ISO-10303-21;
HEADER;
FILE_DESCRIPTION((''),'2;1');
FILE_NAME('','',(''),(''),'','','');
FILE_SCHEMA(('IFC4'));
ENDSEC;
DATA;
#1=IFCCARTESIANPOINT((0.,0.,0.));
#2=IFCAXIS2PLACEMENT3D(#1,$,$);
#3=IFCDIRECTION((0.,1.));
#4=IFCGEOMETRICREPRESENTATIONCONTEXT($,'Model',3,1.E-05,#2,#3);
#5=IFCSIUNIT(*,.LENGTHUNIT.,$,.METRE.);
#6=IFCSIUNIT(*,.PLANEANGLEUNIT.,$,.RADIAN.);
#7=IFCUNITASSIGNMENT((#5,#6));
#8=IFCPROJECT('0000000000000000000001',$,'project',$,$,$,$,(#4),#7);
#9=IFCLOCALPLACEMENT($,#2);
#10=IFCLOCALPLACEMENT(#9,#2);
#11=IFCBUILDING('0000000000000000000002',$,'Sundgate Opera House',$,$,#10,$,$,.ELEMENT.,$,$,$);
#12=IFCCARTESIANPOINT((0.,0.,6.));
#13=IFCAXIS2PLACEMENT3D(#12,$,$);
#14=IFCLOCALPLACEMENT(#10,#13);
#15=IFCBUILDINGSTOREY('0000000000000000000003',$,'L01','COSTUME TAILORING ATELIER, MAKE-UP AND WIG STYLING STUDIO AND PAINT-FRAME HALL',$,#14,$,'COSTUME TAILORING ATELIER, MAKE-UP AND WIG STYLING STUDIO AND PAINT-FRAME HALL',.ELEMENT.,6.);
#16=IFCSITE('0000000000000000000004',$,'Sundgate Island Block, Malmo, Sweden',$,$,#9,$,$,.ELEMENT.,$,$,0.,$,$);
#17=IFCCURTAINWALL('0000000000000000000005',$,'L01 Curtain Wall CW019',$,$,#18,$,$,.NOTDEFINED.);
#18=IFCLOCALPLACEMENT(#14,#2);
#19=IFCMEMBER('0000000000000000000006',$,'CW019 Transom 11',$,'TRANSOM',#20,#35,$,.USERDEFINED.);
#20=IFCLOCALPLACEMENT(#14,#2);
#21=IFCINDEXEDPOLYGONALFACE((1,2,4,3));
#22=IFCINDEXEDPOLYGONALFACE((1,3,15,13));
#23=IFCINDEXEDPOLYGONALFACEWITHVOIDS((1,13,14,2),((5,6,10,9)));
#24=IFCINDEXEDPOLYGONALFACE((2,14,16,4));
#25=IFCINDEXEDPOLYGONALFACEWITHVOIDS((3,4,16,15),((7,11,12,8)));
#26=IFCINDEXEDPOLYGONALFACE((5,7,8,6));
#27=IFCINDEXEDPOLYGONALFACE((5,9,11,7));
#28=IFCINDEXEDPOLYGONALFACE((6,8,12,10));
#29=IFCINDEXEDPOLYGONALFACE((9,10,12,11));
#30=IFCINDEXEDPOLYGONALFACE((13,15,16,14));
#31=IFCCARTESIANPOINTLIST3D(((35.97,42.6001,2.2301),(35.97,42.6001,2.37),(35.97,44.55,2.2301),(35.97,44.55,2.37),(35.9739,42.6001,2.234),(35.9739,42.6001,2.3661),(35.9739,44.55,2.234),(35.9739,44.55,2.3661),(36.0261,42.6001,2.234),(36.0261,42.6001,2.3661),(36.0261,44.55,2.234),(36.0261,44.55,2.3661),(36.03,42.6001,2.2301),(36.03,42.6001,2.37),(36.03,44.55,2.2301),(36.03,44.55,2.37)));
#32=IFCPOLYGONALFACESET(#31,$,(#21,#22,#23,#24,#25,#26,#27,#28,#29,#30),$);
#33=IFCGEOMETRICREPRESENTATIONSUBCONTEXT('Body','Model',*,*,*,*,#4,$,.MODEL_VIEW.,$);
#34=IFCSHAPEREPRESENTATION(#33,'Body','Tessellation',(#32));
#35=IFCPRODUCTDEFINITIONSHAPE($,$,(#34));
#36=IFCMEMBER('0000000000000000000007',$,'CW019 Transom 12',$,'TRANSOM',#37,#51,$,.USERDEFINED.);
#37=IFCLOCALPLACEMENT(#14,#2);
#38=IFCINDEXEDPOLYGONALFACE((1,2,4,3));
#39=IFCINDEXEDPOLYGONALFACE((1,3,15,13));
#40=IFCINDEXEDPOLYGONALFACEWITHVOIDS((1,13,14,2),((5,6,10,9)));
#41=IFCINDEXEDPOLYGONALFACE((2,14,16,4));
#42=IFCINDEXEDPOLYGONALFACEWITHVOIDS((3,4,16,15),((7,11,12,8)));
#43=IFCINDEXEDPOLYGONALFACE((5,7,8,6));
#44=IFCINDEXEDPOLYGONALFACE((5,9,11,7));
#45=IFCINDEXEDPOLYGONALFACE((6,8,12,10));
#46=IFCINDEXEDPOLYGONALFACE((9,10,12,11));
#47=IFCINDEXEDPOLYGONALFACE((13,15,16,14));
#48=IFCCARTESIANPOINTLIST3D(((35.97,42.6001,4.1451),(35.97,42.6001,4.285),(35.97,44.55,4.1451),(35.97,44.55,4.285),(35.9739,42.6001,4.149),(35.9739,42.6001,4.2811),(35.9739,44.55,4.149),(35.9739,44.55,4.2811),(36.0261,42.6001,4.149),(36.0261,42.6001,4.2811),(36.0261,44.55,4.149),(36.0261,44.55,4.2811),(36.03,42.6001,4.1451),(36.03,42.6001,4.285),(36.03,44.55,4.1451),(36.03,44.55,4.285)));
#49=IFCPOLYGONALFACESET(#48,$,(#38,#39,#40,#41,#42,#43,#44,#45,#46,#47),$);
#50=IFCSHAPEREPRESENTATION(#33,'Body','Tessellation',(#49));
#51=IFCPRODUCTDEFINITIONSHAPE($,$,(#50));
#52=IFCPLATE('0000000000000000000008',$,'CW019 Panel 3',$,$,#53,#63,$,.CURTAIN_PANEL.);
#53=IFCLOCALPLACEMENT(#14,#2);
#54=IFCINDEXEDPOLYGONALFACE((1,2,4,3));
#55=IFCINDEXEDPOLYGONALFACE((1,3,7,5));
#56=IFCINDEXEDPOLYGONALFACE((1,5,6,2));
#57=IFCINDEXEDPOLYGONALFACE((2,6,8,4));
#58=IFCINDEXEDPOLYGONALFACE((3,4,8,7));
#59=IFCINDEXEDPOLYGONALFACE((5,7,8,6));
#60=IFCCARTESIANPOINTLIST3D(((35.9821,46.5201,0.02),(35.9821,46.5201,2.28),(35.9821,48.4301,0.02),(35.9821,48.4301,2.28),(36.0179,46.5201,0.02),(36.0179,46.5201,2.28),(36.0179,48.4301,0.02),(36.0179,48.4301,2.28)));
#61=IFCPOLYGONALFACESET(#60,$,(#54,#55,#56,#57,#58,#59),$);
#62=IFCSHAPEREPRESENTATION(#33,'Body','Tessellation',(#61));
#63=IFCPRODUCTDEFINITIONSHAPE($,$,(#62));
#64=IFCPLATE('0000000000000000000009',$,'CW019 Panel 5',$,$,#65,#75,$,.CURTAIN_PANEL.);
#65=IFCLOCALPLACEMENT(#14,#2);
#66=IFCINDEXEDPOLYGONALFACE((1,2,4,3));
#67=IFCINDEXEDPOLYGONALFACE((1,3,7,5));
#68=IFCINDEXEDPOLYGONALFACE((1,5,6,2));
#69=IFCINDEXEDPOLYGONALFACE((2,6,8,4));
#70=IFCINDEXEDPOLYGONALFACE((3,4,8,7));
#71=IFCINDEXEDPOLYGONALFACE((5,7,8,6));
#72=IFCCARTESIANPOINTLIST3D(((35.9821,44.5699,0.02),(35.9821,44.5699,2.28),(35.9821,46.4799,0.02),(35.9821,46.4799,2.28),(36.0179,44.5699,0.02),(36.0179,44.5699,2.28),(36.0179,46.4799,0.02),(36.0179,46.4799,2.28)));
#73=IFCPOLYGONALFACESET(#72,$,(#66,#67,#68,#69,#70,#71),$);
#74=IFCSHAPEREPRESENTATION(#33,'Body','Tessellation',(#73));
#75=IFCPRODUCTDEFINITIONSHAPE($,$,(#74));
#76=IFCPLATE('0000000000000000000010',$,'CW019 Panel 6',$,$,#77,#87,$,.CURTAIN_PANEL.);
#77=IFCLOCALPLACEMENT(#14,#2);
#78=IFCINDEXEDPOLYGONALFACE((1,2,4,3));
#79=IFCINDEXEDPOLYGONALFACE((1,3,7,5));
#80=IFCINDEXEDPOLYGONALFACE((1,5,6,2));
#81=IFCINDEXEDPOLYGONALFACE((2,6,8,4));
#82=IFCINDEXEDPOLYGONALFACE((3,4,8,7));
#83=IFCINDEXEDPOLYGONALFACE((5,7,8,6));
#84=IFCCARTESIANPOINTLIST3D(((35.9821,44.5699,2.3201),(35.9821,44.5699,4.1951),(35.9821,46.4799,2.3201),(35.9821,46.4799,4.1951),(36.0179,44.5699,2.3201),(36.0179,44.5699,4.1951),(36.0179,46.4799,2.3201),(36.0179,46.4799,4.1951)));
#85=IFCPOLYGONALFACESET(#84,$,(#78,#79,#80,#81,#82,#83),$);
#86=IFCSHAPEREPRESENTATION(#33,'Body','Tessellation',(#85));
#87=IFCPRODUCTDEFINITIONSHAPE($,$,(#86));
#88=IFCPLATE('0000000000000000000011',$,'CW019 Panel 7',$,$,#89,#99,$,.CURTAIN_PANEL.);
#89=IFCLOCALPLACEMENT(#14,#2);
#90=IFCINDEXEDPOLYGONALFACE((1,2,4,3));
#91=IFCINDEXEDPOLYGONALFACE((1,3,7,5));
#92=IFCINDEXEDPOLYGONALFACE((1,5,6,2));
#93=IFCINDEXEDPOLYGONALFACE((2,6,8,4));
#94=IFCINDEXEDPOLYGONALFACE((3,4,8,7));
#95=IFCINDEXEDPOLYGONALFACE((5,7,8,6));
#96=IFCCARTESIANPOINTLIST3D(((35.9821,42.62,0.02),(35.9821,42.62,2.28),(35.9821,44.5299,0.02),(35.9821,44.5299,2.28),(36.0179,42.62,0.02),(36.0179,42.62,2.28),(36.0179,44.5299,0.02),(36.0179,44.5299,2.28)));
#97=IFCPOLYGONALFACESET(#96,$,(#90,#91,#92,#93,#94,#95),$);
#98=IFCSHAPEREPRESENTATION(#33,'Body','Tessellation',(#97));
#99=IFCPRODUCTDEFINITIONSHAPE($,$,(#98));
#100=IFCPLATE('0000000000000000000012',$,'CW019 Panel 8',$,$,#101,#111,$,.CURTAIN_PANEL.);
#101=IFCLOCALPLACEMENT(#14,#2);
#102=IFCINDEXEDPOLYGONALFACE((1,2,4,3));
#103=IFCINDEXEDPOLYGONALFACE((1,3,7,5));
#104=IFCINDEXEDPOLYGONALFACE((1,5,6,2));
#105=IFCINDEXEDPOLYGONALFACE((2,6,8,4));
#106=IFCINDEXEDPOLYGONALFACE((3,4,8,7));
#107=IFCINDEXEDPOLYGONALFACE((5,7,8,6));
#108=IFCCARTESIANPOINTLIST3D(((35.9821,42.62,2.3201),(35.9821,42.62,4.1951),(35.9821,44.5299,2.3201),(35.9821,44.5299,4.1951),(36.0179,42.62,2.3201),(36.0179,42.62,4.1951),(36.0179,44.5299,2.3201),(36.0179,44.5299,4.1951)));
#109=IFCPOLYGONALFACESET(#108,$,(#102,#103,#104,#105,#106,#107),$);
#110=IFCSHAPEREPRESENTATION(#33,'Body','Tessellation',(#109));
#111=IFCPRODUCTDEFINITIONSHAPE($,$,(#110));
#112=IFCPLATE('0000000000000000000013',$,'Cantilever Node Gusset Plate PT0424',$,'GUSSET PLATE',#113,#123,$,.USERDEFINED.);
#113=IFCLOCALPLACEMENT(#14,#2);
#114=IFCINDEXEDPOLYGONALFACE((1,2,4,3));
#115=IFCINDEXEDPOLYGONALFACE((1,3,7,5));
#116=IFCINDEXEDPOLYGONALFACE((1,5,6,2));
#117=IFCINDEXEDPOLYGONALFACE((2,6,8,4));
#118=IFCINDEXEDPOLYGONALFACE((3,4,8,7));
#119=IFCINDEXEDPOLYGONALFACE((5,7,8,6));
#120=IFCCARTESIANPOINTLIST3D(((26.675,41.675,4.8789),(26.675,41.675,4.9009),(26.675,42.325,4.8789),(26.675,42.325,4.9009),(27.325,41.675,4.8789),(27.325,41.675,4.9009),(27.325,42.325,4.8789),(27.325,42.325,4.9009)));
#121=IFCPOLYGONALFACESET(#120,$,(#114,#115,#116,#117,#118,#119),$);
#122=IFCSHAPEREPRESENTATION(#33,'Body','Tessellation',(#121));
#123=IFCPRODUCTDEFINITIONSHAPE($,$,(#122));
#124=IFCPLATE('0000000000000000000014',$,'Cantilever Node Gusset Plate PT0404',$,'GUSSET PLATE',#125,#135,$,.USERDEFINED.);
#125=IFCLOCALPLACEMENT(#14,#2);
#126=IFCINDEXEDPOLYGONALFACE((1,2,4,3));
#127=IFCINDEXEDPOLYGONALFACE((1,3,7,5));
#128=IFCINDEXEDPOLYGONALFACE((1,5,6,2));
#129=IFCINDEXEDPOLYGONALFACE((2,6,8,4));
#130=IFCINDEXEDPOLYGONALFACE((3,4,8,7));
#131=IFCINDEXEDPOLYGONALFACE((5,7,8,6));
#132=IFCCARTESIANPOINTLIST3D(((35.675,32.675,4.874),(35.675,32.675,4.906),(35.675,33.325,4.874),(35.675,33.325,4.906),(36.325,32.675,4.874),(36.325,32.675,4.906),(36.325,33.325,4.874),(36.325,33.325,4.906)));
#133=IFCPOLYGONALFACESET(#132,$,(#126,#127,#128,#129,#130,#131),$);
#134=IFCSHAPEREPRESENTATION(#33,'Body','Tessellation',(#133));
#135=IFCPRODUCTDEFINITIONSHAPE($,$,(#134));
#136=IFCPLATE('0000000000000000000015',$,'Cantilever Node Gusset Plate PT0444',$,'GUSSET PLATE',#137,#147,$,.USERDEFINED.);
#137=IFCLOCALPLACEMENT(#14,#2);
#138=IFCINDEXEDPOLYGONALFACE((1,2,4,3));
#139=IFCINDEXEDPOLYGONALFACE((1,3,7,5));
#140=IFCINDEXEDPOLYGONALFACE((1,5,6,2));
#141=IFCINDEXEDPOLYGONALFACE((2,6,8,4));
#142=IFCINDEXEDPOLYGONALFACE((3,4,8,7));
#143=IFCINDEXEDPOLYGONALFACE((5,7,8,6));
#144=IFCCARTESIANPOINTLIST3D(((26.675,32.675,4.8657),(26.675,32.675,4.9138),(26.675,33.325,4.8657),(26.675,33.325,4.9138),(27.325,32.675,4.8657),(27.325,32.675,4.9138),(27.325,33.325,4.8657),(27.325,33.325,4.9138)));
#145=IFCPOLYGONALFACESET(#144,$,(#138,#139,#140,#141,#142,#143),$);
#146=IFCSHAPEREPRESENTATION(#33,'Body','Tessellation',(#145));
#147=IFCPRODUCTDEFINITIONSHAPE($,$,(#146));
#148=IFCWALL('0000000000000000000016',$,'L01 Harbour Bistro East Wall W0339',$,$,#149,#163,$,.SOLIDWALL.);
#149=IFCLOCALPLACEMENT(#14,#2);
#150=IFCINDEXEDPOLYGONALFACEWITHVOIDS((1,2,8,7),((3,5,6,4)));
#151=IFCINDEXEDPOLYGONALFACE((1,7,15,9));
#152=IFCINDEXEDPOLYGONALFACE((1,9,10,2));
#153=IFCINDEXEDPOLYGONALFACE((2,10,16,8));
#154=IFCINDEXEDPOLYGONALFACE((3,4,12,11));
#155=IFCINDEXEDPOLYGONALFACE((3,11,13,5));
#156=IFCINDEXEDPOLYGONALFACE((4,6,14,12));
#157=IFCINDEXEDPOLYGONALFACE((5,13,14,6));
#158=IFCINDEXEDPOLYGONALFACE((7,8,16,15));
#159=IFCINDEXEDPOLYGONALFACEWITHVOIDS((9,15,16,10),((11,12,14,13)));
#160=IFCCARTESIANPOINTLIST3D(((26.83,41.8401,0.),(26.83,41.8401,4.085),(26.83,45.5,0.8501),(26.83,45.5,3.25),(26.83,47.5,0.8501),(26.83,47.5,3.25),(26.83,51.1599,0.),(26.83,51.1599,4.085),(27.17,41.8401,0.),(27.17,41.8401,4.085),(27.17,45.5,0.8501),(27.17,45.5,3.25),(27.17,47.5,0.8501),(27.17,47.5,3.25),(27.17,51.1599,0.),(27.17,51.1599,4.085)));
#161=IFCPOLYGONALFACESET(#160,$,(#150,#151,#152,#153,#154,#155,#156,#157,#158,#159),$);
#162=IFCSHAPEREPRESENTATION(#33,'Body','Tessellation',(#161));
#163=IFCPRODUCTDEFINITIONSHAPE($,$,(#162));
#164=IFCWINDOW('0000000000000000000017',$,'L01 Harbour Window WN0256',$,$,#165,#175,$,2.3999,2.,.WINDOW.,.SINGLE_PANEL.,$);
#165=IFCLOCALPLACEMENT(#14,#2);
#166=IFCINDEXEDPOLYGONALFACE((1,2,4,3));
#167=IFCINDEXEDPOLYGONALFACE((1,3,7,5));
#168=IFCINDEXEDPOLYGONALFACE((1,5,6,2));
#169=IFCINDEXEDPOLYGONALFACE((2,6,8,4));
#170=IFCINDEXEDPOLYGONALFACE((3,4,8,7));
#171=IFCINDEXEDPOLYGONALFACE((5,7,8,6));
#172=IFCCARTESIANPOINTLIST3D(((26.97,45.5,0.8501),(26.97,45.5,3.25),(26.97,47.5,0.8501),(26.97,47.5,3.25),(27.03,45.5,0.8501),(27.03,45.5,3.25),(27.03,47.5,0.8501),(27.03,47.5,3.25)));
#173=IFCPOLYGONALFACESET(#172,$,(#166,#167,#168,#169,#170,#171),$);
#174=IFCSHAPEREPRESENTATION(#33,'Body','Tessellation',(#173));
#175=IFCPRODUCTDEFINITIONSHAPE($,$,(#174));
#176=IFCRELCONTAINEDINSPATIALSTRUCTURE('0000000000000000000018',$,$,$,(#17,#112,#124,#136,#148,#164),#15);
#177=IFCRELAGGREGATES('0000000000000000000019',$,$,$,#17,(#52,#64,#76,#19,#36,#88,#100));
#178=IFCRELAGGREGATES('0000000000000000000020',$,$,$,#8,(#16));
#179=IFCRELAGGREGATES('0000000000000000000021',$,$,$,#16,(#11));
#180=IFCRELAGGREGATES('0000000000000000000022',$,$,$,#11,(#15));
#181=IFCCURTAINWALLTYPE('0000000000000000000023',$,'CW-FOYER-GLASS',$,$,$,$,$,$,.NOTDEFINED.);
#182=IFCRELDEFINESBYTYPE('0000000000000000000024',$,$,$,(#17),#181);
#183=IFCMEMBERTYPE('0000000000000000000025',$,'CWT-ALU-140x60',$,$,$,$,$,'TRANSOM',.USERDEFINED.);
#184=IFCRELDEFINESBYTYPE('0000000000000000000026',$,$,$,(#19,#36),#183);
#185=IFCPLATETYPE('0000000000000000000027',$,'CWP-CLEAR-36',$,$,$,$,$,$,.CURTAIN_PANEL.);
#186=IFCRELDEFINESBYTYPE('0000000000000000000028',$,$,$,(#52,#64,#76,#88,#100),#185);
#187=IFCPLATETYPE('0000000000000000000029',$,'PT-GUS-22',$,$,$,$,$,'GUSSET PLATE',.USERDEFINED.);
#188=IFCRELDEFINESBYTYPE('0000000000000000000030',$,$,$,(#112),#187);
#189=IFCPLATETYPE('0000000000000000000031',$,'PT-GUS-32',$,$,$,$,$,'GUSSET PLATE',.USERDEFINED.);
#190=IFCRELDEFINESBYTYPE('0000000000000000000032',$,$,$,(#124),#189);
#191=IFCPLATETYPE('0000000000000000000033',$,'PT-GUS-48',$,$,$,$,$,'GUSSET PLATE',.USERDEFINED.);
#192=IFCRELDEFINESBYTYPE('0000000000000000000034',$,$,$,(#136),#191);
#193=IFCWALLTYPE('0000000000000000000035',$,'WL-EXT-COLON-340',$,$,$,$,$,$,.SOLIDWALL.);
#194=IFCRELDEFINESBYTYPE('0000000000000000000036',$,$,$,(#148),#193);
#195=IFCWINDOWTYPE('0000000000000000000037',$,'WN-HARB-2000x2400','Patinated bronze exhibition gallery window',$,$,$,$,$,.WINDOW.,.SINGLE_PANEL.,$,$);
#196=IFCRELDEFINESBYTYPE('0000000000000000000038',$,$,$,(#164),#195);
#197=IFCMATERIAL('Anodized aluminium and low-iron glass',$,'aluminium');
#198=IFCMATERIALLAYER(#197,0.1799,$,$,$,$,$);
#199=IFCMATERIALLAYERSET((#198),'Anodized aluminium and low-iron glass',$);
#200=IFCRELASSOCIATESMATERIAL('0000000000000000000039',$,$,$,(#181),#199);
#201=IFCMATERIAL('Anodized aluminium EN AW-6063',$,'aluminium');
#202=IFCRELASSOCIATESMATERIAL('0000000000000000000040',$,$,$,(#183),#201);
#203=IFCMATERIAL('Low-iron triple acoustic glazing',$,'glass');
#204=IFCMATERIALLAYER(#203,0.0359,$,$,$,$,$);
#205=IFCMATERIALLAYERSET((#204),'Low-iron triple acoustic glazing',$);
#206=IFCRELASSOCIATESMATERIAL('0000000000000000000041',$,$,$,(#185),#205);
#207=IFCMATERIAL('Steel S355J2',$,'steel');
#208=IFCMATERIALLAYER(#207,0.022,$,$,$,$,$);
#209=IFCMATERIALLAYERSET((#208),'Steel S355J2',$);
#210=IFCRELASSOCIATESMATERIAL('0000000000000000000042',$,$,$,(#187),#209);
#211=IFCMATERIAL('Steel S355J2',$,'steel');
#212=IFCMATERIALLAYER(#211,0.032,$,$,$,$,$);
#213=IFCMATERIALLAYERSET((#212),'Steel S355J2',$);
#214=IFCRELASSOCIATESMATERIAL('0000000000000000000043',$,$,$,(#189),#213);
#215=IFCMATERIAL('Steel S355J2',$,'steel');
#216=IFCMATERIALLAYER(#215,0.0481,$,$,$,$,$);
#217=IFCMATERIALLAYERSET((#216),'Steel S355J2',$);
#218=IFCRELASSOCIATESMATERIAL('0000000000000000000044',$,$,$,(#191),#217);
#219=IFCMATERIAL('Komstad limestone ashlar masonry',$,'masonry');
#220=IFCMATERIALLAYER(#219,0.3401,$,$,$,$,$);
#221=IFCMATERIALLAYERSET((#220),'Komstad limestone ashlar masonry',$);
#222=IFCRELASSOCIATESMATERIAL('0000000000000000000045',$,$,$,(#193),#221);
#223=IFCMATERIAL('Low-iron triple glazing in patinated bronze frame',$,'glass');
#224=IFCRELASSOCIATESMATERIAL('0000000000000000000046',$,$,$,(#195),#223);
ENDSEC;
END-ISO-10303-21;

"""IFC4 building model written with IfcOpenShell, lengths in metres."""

from ifc_helpers import new_model, si_unit, direction, frame, frame_2d, origin, origin_2d, place, context, subcontext, project, spatial, rectangle, hollow_rectangle, extrude, material, layer, layer_set, material_profile, profile_set, type_object, element, fill, aggregate, save


model = new_model("IFC4")

# Units and contexts
model_context = context("Model", 3, precision=1e-05, world=origin(), true_north=direction((0.0, 1.0)))
body_context = subcontext(model_context, "Body", "Model", "MODEL_VIEW")
ifc_project = project(units=[si_unit("LENGTHUNIT", "METRE"), si_unit("PLANEANGLEUNIT", "RADIAN")], contexts=[model_context])

# Site, building, storey
site_placement = place(None, origin())
site = spatial("IfcSite", under=ifc_project, at=site_placement, Name="Sundgate Island Block, Malmo, Sweden", CompositionType="ELEMENT", RefElevation=0.0)
building_placement = place(site_placement, origin())
building = spatial("IfcBuilding", under=site, at=building_placement, Name="Sundgate Opera House", CompositionType="ELEMENT")
storey_placement = place(building_placement, frame((0.0, 0.0, 6.0)))
storey = spatial("IfcBuildingStorey", under=building, at=storey_placement, Name="L01", Description="COSTUME TAILORING ATELIER, MAKE-UP AND WIG STYLING STUDIO AND PAINT-FRAME HALL", LongName="COSTUME TAILORING ATELIER, MAKE-UP AND WIG STYLING STUDIO AND PAINT-FRAME HALL", CompositionType="ELEMENT", Elevation=6.0)

# Curtain wall, members, plates
ifc_material_1 = material(Name="Anodized aluminium and low-iron glass", Category="aluminium")
ifc_layer_1 = layer(ifc_material_1, 0.1799)
ifc_layer_set_1 = layer_set([ifc_layer_1], Name="Anodized aluminium and low-iron glass")
curtain_wall_type = type_object("IfcCurtainWallType", Name="CW-FOYER-GLASS", PredefinedType="NOTDEFINED", material=ifc_layer_set_1)
curtain_wall_placement = place(storey_placement, origin())
curtain_wall = element("IfcCurtainWall", 1, at=curtain_wall_placement, inside=storey, type_object=curtain_wall_type, Name="L01 Curtain Wall CW019", PredefinedType="NOTDEFINED")
ifc_material_2 = material(Name="Anodized aluminium EN AW-6063", Category="aluminium")
ifc_material_profile_1 = material_profile(ifc_material_2, hollow_rectangle(XDim=0.0601, YDim=0.1399, WallThickness=0.0039, at=origin_2d()), Name="CWT 140x60x4")
ifc_profile_set_1 = profile_set([ifc_material_profile_1], Name="Anodized aluminium EN AW-6063")
member_type_1 = type_object("IfcMemberType", Name="CWT-ALU-140x60", ElementType="TRANSOM", PredefinedType="USERDEFINED", material=ifc_profile_set_1)
member_1_placement = place(storey_placement, frame((36.0, 44.55, 2.3), z_axis=(0.0, -1.0, 0.0), x_axis=(1.0, 0.0, 0.0)))
member_1 = element("IfcMember", 2, at=member_1_placement, type_object=member_type_1, Name="CW019 Transom 11", ObjectType="TRANSOM", PredefinedType="USERDEFINED", context=body_context, shape_type="SweptSolid", body=[
    extrude(hollow_rectangle(XDim=0.0601, YDim=0.1399, WallThickness=0.0039, at=origin_2d()), origin(), (0.0, 0.0, 1.0), 1.95),
])
member_2_placement = place(storey_placement, frame((36.0, 44.55, 4.2151), z_axis=(0.0, -1.0, 0.0), x_axis=(1.0, 0.0, 0.0)))
member_2 = element("IfcMember", 3, at=member_2_placement, type_object=member_type_1, Name="CW019 Transom 12", ObjectType="TRANSOM", PredefinedType="USERDEFINED", context=body_context, shape_type="SweptSolid", body=[
    extrude(hollow_rectangle(XDim=0.0601, YDim=0.1399, WallThickness=0.0039, at=origin_2d()), origin(), (0.0, 0.0, 1.0), 1.95),
])
ifc_material_3 = material(Name="Low-iron triple acoustic glazing", Category="glass")
ifc_layer_2 = layer(ifc_material_3, 0.0359)
ifc_layer_set_2 = layer_set([ifc_layer_2], Name="Low-iron triple acoustic glazing")
plate_type_1 = type_object("IfcPlateType", Name="CWP-CLEAR-36", PredefinedType="CURTAIN_PANEL", material=ifc_layer_set_2)
plate_1_placement = place(storey_placement, frame((36.0, 47.4751, 0.02), z_axis=(0.0, 0.0, 1.0), x_axis=(0.0, -1.0, 0.0)))
plate_1 = element("IfcPlate", 4, at=plate_1_placement, type_object=plate_type_1, Name="CW019 Panel 3", PredefinedType="CURTAIN_PANEL", context=body_context, shape_type="SweptSolid", body=[
    extrude(rectangle(XDim=1.9099, YDim=0.0359, at=origin_2d()), origin(), (0.0, 0.0, 1.0), 2.26),
])
plate_2_placement = place(storey_placement, frame((36.0, 45.5249, 0.02), z_axis=(0.0, 0.0, 1.0), x_axis=(0.0, -1.0, 0.0)))
plate_2 = element("IfcPlate", 5, at=plate_2_placement, type_object=plate_type_1, Name="CW019 Panel 5", PredefinedType="CURTAIN_PANEL", context=body_context, shape_type="SweptSolid", body=[
    extrude(rectangle(XDim=1.9099, YDim=0.0359, at=origin_2d()), origin(), (0.0, 0.0, 1.0), 2.26),
])
plate_3_placement = place(storey_placement, frame((36.0, 45.5249, 2.3201), z_axis=(0.0, 0.0, 1.0), x_axis=(0.0, -1.0, 0.0)))
plate_3 = element("IfcPlate", 6, at=plate_3_placement, type_object=plate_type_1, Name="CW019 Panel 6", PredefinedType="CURTAIN_PANEL", context=body_context, shape_type="SweptSolid", body=[
    extrude(rectangle(XDim=1.9099, YDim=0.0359, at=origin_2d()), origin(), (0.0, 0.0, 1.0), 1.875),
])
plate_4_placement = place(storey_placement, frame((36.0, 43.575, 0.02), z_axis=(0.0, 0.0, 1.0), x_axis=(0.0, -1.0, 0.0)))
plate_4 = element("IfcPlate", 7, at=plate_4_placement, type_object=plate_type_1, Name="CW019 Panel 7", PredefinedType="CURTAIN_PANEL", context=body_context, shape_type="SweptSolid", body=[
    extrude(rectangle(XDim=1.9099, YDim=0.0359, at=origin_2d()), origin(), (0.0, 0.0, 1.0), 2.26),
])
plate_5_placement = place(storey_placement, frame((36.0, 43.575, 2.3201), z_axis=(0.0, 0.0, 1.0), x_axis=(0.0, -1.0, 0.0)))
plate_5 = element("IfcPlate", 8, at=plate_5_placement, type_object=plate_type_1, Name="CW019 Panel 8", PredefinedType="CURTAIN_PANEL", context=body_context, shape_type="SweptSolid", body=[
    extrude(rectangle(XDim=1.9099, YDim=0.0359, at=origin_2d()), origin(), (0.0, 0.0, 1.0), 1.875),
])
aggregate(curtain_wall, [plate_1, plate_2, plate_3, member_1, member_2, plate_4, plate_5])

# Plates
ifc_material_4 = material(Name="Steel S355J2", Category="steel")
ifc_layer_3 = layer(ifc_material_4, 0.022)
ifc_layer_set_3 = layer_set([ifc_layer_3], Name="Steel S355J2")
plate_type_2 = type_object("IfcPlateType", Name="PT-GUS-22", ElementType="GUSSET PLATE", PredefinedType="USERDEFINED", material=ifc_layer_set_3)
plate_6_placement = place(storey_placement, frame((27.0, 42.0, 4.8789), z_axis=(0.0, 0.0, 1.0), x_axis=(1.0, 0.0, 0.0)))
element("IfcPlate", 9, at=plate_6_placement, inside=storey, type_object=plate_type_2, Name="Cantilever Node Gusset Plate PT0424", ObjectType="GUSSET PLATE", PredefinedType="USERDEFINED", context=body_context, shape_type="SweptSolid", body=[
    extrude(rectangle(XDim=0.6499, YDim=0.6499, at=origin_2d()), origin(), (0.0, 0.0, 1.0), 0.022),
])
ifc_material_5 = material(Name="Steel S355J2", Category="steel")
ifc_layer_4 = layer(ifc_material_5, 0.032)
ifc_layer_set_4 = layer_set([ifc_layer_4], Name="Steel S355J2")
plate_type_3 = type_object("IfcPlateType", Name="PT-GUS-32", ElementType="GUSSET PLATE", PredefinedType="USERDEFINED", material=ifc_layer_set_4)
plate_7_placement = place(storey_placement, frame((36.0, 33.0, 4.874), z_axis=(0.0, 0.0, 1.0), x_axis=(1.0, 0.0, 0.0)))
element("IfcPlate", 10, at=plate_7_placement, inside=storey, type_object=plate_type_3, Name="Cantilever Node Gusset Plate PT0404", ObjectType="GUSSET PLATE", PredefinedType="USERDEFINED", context=body_context, shape_type="SweptSolid", body=[
    extrude(rectangle(XDim=0.6499, YDim=0.6499, at=origin_2d()), origin(), (0.0, 0.0, 1.0), 0.032),
])
ifc_material_6 = material(Name="Steel S355J2", Category="steel")
ifc_layer_5 = layer(ifc_material_6, 0.0481)
ifc_layer_set_5 = layer_set([ifc_layer_5], Name="Steel S355J2")
plate_type_4 = type_object("IfcPlateType", Name="PT-GUS-48", ElementType="GUSSET PLATE", PredefinedType="USERDEFINED", material=ifc_layer_set_5)
plate_8_placement = place(storey_placement, frame((27.0, 33.0, 4.8657), z_axis=(0.0, 0.0, 1.0), x_axis=(1.0, 0.0, 0.0)))
element("IfcPlate", 11, at=plate_8_placement, inside=storey, type_object=plate_type_4, Name="Cantilever Node Gusset Plate PT0444", ObjectType="GUSSET PLATE", PredefinedType="USERDEFINED", context=body_context, shape_type="SweptSolid", body=[
    extrude(rectangle(XDim=0.6499, YDim=0.6499, at=origin_2d()), origin(), (0.0, 0.0, 1.0), 0.0481),
])

# Wall, opening, window
ifc_material_7 = material(Name="Komstad limestone ashlar masonry", Category="masonry")
ifc_layer_6 = layer(ifc_material_7, 0.3401)
ifc_layer_set_6 = layer_set([ifc_layer_6], Name="Komstad limestone ashlar masonry")
wall_type = type_object("IfcWallType", Name="WL-EXT-COLON-340", PredefinedType="SOLIDWALL", material=ifc_layer_set_6)
wall_1_placement = place(storey_placement, frame((27.0, 41.8401, 0.0), z_axis=(0.0, 0.0, 1.0), x_axis=(0.0, 1.0, 0.0)))
wall_1 = element("IfcWall", 12, at=wall_1_placement, inside=storey, type_object=wall_type, Name="L01 Harbour Bistro East Wall W0339", PredefinedType="SOLIDWALL", context=body_context, shape_type="SweptSolid", body=[
    extrude(rectangle(XDim=9.3198, YDim=0.3401, at=frame_2d((4.6599, 0.0))), origin(), (0.0, 0.0, 1.0), 4.085),
])
opening_1_placement = place(wall_1_placement, frame((3.6599, 0.0, 0.8501)))
opening_1 = element("IfcOpeningElement", 13, at=opening_1_placement, cuts=wall_1, PredefinedType="OPENING", context=body_context, shape_type="SweptSolid", body=[
    extrude(rectangle(XDim=2.0, YDim=2.3999, at=frame_2d((1.0, 1.2))), frame((0.0, 0.1799, 0.0), z_axis=(0.0, -1.0, 0.0), x_axis=(1.0, 0.0, 0.0)), (0.0, 0.0, 1.0), 0.3601),
])
ifc_material_8 = material(Name="Low-iron triple glazing in patinated bronze frame", Category="glass")
window_type = type_object("IfcWindowType", Name="WN-HARB-2000x2400", Description="Patinated bronze exhibition gallery window", PartitioningType="SINGLE_PANEL", PredefinedType="WINDOW", material=ifc_material_8)
window_1_placement = place(opening_1_placement, origin())
window_1 = element("IfcWindow", 14, at=window_1_placement, inside=storey, type_object=window_type, Name="L01 Harbour Window WN0256", OverallHeight=2.3999, OverallWidth=2.0, PartitioningType="SINGLE_PANEL", PredefinedType="WINDOW", context=body_context, shape_type="SweptSolid", body=[
    extrude(rectangle(XDim=2.0, YDim=2.3999, at=frame_2d((1.0, 1.2))), frame((0.0, 0.03, 0.0), z_axis=(0.0, -1.0, 0.0), x_axis=(1.0, 0.0, 0.0)), (0.0, 0.0, 1.0), 0.0601),
])
fill(opening_1, window_1)

save(model, "model.ifc")
